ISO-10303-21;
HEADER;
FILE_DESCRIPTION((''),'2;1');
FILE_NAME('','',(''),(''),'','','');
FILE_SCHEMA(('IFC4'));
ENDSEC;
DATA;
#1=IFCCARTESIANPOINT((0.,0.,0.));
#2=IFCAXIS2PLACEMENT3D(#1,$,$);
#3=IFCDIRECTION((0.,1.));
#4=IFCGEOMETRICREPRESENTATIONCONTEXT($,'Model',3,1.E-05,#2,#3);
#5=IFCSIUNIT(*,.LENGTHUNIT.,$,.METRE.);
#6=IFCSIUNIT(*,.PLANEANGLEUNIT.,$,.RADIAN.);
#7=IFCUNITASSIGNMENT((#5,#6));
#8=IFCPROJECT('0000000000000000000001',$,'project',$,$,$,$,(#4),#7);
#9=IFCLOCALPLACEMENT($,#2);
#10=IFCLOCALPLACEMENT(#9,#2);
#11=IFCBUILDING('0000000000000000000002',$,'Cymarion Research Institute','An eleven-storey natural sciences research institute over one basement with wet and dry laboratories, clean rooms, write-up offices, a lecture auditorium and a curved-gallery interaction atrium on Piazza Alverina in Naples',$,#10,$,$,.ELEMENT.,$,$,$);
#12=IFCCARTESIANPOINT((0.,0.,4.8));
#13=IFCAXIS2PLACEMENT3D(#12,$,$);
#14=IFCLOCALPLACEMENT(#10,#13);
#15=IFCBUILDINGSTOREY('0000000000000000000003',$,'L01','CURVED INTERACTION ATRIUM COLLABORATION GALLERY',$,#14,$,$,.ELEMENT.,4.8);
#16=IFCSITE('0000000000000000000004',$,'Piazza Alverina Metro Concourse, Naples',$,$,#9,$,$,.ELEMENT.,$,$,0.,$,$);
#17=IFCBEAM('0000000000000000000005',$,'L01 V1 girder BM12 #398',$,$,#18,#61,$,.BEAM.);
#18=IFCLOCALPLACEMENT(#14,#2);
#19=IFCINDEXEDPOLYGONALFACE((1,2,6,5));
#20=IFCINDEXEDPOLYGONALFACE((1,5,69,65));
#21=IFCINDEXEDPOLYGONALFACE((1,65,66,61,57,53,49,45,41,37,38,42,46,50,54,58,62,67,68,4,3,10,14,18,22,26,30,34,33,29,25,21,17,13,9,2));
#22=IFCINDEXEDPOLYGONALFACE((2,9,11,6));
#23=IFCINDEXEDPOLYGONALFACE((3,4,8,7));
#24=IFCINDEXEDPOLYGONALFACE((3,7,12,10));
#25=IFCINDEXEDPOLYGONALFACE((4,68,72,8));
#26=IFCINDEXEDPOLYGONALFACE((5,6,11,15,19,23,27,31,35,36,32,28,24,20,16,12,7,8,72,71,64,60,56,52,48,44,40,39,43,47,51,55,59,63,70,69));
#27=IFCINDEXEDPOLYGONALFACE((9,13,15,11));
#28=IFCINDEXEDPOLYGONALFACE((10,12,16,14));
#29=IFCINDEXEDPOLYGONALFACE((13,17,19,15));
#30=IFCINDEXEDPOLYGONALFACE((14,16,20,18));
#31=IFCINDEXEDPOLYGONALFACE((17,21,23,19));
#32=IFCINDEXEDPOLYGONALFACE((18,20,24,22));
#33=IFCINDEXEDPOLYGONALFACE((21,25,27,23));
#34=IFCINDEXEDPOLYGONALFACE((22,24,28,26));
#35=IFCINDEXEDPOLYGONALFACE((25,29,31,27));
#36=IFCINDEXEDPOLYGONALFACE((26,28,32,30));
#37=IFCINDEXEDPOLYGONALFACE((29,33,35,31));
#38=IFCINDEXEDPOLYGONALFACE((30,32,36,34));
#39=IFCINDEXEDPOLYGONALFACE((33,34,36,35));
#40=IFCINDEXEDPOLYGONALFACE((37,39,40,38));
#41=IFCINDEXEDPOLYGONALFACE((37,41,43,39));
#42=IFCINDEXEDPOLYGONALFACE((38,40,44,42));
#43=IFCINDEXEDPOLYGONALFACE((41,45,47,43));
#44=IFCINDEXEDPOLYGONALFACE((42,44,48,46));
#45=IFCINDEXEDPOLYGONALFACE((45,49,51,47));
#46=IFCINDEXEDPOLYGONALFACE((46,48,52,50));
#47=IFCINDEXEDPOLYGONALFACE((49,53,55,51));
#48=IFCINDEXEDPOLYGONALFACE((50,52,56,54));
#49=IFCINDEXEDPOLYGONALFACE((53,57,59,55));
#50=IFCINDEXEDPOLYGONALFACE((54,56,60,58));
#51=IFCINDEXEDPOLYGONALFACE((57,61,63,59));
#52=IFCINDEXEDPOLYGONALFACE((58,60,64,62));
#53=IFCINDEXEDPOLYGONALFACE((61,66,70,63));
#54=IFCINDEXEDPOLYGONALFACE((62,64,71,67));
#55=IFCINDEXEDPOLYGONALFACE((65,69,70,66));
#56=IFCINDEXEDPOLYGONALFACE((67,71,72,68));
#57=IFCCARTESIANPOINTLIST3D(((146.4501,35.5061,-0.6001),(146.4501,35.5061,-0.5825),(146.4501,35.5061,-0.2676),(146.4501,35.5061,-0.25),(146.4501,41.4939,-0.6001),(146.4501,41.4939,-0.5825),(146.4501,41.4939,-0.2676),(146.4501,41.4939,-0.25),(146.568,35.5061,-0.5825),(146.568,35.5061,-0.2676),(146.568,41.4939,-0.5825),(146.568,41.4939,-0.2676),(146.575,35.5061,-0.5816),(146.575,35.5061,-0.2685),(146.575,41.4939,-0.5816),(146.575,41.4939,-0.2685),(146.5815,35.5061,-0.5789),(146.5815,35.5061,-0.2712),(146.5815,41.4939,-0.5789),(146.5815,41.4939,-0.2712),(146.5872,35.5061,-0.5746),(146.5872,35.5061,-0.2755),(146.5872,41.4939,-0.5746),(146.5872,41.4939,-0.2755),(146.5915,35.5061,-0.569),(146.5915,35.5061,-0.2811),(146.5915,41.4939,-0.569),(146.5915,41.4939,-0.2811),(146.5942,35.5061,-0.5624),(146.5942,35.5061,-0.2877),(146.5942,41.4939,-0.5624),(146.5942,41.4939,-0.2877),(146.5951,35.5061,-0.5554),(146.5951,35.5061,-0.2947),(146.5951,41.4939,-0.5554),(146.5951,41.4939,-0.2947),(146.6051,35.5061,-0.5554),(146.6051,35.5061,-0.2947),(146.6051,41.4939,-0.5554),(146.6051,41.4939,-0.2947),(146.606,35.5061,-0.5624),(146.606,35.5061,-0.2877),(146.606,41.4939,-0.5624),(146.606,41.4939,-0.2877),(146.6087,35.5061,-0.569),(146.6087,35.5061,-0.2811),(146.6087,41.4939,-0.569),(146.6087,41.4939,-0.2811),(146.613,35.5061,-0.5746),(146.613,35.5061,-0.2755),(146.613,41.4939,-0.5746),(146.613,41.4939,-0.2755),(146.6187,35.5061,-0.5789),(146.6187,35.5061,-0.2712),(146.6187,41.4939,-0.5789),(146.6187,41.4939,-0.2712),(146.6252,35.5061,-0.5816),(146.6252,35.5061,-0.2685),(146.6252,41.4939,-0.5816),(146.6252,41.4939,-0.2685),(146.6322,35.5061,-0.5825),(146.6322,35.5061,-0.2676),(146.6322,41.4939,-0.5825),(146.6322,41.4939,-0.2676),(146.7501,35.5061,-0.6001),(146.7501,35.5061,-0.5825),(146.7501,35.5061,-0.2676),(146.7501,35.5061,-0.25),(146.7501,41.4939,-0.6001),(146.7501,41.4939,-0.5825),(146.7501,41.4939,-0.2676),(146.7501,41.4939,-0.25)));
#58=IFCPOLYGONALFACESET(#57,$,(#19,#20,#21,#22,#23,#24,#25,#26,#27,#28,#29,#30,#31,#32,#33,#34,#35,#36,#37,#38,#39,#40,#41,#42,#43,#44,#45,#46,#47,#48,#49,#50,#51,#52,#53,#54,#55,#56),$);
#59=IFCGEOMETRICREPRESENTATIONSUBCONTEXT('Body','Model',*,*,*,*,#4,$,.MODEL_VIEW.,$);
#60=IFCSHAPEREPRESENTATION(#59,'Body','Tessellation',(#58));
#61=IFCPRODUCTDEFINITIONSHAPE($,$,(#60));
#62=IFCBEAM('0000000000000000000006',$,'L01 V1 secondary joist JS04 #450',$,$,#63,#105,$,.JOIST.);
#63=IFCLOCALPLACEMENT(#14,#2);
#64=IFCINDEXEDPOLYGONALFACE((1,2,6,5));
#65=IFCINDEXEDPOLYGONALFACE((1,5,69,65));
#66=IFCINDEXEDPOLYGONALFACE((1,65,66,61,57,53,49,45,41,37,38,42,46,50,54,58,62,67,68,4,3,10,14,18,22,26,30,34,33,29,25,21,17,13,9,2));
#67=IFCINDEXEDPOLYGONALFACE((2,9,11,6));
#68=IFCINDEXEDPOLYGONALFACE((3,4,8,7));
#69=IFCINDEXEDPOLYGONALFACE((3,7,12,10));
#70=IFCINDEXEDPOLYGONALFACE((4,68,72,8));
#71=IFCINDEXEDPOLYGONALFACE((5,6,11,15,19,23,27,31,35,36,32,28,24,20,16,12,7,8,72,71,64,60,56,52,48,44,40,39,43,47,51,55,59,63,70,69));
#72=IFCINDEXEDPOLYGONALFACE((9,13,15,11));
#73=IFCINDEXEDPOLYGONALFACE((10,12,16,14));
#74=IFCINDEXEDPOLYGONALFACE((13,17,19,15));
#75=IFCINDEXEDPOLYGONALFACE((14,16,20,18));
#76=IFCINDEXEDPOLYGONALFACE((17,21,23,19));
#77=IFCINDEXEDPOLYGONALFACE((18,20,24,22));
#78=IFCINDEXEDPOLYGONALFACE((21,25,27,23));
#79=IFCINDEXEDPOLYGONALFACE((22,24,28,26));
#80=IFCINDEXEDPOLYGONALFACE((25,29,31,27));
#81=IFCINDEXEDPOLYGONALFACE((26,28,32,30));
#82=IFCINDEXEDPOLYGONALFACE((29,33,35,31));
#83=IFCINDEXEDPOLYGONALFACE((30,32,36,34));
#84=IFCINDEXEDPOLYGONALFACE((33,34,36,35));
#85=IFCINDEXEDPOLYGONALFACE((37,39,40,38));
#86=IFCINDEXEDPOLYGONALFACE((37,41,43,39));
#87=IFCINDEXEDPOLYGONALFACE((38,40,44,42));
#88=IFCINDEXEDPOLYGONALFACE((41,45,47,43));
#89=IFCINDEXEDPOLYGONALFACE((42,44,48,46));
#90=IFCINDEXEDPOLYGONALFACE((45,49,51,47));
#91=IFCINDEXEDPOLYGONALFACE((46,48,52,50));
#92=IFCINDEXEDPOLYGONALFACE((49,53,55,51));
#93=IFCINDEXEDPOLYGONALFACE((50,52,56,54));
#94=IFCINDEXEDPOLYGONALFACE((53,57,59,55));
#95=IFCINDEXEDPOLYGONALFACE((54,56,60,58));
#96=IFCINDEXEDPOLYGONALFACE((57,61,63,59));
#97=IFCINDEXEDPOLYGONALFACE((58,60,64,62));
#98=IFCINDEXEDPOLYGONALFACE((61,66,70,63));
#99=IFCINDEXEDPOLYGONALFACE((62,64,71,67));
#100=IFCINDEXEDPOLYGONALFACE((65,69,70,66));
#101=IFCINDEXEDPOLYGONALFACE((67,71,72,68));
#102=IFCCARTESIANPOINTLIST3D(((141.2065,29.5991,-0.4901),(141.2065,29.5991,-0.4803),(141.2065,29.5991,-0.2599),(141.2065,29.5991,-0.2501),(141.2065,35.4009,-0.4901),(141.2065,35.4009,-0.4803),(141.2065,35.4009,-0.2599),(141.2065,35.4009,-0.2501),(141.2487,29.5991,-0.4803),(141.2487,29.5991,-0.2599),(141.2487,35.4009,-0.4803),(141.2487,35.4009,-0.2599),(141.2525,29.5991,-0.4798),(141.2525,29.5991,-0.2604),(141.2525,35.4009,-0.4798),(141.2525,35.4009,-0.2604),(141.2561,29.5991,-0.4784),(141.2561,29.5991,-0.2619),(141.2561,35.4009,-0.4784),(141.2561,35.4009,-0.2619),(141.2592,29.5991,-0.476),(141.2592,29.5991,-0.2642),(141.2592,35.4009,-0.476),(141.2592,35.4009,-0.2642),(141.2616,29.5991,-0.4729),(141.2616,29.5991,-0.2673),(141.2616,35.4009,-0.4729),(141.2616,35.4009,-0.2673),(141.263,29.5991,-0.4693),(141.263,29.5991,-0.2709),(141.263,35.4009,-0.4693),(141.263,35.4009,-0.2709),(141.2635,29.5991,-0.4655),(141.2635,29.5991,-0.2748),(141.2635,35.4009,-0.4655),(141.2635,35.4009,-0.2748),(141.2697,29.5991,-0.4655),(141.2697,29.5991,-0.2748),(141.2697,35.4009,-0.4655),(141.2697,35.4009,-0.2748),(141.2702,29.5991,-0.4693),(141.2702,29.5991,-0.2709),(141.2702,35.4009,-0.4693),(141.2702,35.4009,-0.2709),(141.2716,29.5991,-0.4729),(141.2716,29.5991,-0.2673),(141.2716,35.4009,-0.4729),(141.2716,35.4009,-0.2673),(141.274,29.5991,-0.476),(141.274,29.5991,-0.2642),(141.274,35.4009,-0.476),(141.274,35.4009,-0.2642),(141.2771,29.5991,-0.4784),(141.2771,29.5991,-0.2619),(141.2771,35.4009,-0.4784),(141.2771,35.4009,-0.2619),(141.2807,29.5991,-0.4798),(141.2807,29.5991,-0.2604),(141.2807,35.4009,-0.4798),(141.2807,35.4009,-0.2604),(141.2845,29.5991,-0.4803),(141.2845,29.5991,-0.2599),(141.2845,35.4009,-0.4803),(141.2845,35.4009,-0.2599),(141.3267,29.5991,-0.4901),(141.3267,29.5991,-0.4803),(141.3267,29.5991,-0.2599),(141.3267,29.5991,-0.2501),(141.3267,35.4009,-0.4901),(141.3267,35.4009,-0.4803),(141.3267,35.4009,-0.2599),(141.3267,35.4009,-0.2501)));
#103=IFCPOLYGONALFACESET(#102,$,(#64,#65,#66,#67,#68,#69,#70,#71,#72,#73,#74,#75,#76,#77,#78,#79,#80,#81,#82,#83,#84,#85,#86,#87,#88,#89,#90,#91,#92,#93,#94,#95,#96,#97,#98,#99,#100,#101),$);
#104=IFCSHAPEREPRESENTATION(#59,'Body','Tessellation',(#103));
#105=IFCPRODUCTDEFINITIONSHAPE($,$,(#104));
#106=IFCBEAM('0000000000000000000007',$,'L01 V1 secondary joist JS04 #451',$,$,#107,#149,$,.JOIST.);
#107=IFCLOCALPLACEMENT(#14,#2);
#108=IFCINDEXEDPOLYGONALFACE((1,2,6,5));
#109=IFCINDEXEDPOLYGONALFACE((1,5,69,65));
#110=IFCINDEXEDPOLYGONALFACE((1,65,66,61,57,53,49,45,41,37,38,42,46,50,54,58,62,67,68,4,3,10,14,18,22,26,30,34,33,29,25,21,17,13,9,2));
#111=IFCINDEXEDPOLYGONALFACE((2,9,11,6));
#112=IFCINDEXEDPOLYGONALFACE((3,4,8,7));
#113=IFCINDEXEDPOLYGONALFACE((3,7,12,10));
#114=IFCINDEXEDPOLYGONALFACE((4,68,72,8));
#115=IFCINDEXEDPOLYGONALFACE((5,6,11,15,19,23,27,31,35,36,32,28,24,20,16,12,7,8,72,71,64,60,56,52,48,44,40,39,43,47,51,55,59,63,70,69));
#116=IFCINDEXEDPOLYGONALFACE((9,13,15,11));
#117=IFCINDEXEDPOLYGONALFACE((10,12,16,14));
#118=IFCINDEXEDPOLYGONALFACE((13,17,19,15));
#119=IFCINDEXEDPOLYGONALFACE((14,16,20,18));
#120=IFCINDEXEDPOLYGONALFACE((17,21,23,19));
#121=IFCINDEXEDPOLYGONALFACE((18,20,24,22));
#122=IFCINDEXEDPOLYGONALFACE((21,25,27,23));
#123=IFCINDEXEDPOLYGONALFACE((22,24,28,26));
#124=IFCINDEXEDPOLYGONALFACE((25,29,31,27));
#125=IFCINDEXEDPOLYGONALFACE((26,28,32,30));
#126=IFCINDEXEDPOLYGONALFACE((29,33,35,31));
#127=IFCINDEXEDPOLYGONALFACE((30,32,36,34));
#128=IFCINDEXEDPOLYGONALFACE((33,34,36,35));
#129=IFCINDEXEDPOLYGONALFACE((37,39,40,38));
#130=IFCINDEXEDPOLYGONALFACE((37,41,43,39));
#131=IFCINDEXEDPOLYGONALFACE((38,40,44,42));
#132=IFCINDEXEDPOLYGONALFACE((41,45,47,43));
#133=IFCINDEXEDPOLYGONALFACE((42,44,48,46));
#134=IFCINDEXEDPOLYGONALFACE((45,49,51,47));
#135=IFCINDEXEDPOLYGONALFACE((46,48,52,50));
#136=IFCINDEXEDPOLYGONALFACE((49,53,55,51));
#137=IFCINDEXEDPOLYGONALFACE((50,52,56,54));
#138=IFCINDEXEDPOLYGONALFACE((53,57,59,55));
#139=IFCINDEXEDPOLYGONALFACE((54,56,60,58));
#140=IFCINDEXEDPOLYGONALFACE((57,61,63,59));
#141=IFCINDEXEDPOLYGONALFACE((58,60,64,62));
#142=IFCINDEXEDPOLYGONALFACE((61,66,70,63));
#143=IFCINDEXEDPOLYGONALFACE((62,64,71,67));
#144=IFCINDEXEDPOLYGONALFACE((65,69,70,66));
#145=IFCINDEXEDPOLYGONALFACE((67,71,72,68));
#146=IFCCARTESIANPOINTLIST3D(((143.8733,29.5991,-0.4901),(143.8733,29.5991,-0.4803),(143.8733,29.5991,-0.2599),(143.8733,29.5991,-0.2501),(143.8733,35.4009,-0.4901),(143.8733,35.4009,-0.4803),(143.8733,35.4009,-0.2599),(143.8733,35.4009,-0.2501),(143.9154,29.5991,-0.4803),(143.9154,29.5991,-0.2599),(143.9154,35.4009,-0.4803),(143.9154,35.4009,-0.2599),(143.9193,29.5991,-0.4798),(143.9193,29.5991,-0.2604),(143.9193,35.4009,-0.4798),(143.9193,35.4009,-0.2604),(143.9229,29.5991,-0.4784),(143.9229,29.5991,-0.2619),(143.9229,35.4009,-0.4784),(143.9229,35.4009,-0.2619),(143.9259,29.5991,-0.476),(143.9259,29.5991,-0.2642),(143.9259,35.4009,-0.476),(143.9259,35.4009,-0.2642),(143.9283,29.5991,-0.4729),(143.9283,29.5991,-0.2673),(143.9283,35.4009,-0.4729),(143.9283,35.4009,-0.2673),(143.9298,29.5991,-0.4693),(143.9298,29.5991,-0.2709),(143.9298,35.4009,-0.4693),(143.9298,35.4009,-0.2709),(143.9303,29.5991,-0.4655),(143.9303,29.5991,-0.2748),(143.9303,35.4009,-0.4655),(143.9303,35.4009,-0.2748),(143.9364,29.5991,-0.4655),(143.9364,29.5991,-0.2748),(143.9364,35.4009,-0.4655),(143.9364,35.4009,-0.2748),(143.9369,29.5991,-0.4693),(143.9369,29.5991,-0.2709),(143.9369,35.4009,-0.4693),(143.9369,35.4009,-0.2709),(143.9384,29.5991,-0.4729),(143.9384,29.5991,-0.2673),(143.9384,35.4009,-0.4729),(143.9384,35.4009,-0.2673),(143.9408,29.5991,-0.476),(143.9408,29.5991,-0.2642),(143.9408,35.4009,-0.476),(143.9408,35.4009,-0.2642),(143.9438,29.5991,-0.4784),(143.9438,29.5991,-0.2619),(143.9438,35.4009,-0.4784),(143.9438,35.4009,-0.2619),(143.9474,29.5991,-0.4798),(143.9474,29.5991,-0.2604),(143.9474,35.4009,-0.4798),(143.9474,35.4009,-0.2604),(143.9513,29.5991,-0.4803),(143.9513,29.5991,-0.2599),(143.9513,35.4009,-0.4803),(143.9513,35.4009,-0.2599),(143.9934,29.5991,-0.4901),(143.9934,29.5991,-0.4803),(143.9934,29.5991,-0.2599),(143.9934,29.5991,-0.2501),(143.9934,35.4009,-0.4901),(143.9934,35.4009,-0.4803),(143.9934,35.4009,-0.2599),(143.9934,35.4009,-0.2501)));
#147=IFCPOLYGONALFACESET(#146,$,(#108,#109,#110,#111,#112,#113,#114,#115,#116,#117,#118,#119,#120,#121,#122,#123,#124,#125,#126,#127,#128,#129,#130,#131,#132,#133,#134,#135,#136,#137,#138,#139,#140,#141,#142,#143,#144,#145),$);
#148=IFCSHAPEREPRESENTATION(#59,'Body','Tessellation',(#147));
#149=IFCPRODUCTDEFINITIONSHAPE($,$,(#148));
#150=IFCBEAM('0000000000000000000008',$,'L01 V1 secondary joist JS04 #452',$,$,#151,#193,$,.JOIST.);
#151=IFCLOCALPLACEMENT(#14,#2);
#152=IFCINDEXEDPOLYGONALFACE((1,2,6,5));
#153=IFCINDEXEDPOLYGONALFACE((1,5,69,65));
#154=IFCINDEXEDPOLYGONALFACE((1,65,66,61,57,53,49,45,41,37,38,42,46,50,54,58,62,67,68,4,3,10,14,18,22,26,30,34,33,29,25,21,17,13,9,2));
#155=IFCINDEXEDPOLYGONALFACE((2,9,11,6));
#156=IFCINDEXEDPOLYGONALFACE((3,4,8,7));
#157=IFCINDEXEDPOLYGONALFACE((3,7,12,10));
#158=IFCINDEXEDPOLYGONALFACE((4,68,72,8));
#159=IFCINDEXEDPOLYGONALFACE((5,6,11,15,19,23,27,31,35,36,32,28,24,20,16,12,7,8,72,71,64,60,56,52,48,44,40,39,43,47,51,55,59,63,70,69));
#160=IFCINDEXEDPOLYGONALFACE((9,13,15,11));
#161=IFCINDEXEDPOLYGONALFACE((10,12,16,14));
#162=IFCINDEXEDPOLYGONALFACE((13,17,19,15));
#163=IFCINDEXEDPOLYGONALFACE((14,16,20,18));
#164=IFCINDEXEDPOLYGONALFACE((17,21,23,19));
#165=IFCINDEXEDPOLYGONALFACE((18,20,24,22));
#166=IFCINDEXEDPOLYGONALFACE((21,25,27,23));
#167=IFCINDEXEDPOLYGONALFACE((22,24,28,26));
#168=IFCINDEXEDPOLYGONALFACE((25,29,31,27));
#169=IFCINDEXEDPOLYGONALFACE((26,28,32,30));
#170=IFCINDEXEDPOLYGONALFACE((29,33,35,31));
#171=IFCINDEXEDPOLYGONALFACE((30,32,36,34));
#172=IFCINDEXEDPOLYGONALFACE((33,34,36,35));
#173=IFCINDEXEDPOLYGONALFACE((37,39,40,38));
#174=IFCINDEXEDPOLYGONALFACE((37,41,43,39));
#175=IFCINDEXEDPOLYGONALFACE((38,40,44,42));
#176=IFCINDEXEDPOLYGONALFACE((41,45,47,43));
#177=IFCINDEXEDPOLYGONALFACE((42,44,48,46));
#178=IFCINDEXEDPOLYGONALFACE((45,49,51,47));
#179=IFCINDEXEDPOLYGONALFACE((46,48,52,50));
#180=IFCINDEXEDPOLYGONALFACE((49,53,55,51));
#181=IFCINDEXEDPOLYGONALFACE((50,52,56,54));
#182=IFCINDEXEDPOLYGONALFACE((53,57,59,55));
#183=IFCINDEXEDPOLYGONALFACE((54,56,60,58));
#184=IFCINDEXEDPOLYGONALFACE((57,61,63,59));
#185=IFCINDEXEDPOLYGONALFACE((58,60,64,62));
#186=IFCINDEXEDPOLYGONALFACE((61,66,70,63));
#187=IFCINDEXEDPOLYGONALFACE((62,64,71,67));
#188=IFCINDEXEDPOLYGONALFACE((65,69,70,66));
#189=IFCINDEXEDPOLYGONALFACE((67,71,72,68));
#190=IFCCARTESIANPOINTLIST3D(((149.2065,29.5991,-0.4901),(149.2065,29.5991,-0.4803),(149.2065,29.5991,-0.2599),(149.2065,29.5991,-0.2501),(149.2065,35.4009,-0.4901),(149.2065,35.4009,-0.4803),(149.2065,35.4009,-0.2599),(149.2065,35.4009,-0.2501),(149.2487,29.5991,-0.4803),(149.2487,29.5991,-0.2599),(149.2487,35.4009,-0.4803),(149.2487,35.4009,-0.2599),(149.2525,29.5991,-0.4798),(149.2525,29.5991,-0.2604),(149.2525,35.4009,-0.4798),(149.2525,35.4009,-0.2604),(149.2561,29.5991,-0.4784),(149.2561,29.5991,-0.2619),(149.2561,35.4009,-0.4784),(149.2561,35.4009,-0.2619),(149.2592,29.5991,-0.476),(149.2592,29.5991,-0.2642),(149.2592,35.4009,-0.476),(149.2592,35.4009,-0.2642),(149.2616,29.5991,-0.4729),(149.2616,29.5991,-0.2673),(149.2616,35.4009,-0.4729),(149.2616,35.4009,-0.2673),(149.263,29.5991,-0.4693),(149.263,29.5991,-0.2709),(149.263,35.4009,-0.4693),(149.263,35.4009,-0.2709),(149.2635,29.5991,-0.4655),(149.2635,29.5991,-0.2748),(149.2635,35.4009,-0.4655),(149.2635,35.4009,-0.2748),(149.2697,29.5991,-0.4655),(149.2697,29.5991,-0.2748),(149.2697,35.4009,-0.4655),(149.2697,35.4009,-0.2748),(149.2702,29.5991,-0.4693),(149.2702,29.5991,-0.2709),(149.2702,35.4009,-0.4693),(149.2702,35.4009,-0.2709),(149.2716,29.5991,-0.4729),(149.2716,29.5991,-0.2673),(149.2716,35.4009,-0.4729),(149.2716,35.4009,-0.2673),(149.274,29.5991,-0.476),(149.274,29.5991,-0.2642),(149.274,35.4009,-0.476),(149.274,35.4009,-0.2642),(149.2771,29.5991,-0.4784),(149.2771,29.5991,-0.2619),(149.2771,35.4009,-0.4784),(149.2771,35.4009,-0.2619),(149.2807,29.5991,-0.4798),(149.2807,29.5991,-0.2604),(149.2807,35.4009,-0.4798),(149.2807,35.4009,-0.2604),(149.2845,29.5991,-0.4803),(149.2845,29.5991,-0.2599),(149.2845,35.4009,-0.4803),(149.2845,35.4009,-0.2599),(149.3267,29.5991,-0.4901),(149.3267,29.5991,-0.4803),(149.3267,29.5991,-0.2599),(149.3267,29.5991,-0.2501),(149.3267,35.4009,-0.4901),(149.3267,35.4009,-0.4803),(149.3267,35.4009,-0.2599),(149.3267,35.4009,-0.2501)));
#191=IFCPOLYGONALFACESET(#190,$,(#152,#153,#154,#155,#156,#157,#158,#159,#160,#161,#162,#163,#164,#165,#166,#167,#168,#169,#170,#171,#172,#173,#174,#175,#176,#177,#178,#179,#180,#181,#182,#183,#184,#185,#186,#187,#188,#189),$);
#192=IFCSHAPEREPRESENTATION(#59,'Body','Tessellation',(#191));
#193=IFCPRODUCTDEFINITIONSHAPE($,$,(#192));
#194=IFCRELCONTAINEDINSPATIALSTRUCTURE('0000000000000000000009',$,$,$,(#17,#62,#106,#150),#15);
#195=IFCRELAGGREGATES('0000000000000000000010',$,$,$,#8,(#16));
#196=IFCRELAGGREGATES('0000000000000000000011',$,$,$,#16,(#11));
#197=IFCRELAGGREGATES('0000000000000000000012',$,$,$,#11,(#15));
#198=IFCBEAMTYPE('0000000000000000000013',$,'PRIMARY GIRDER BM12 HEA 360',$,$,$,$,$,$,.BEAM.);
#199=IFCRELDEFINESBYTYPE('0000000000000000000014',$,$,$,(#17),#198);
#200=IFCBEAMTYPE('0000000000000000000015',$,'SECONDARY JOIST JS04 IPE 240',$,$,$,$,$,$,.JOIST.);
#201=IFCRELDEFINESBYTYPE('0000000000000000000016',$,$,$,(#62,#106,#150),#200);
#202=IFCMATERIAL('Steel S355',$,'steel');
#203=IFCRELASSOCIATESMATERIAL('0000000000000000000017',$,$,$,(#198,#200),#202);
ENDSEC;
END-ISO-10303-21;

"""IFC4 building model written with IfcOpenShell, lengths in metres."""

from ifc_helpers import new_model, si_unit, direction, frame, origin, origin_2d, place, context, subcontext, project, spatial, i_section, extrude, material, material_profile, profile_set, type_object, element, save


model = new_model("IFC4")

# Units and contexts
model_context = context("Model", 3, precision=1e-05, world=origin(), true_north=direction((0.0, 1.0)))
body_context = subcontext(model_context, "Body", "Model", "MODEL_VIEW")
ifc_project = project(units=[si_unit("LENGTHUNIT", "METRE"), si_unit("PLANEANGLEUNIT", "RADIAN")], contexts=[model_context])

# Site, building, storey
site_placement = place(None, origin())
site = spatial("IfcSite", under=ifc_project, at=site_placement, Name="Piazza Alverina Metro Concourse, Naples", CompositionType="ELEMENT", RefElevation=0.0)
building_placement = place(site_placement, origin())
building = spatial("IfcBuilding", under=site, at=building_placement, Name="Cymarion Research Institute", Description="An eleven-storey natural sciences research institute over one basement with wet and dry laboratories, clean rooms, write-up offices, a lecture auditorium and a curved-gallery interaction atrium on Piazza Alverina in Naples", CompositionType="ELEMENT")
storey_placement = place(building_placement, frame((0.0, 0.0, 4.8)))
storey = spatial("IfcBuildingStorey", under=building, at=storey_placement, Name="L01", Description="CURVED INTERACTION ATRIUM COLLABORATION GALLERY", CompositionType="ELEMENT", Elevation=4.8)

# Shared definitions
ifc_material_1 = material(Name="Steel S355", Category="steel")

# Beams
ifc_material_profile_1 = material_profile(ifc_material_1, i_section(OverallWidth=0.3, OverallDepth=0.3501, WebThickness=0.01, FlangeThickness=0.0176, FilletRadius=0.0271, at=origin_2d()), Name="HEA 360")
ifc_profile_set_1 = profile_set([ifc_material_profile_1], Name="Steel S355")
beam_type_1 = type_object("IfcBeamType", Name="PRIMARY GIRDER BM12 HEA 360", PredefinedType="BEAM", material=ifc_profile_set_1)
for number, where, z_axis, x_axis, name in (
    (1, (146.6001, 35.5061, -0.425), (0.0, 1.0, 0.0), (-1.0, 0.0, 0.0), "L01 V1 girder BM12 #398"),
):
    element("IfcBeam", number, at=place(storey_placement, frame(where, z_axis=z_axis, x_axis=x_axis)), inside=storey, type_object=beam_type_1, Name=name, PredefinedType="BEAM", context=body_context, shape_type="SweptSolid", body=[
        extrude(i_section(OverallWidth=0.3, OverallDepth=0.3501, WebThickness=0.01, FlangeThickness=0.0176, FilletRadius=0.0271, at=origin_2d()), origin(), (0.0, 0.0, 1.0), 5.9878),
    ])
ifc_material_profile_2 = material_profile(ifc_material_1, i_section(OverallWidth=0.1201, OverallDepth=0.24, WebThickness=0.0061, FlangeThickness=0.0098, FilletRadius=0.0149, at=origin_2d()), Name="IPE 240")
ifc_profile_set_2 = profile_set([ifc_material_profile_2], Name="Steel S355")
beam_type_2 = type_object("IfcBeamType", Name="SECONDARY JOIST JS04 IPE 240", PredefinedType="JOIST", material=ifc_profile_set_2)
for number, where, z_axis, x_axis, name in (
    (2, (141.2666, 29.5991, -0.3701), (0.0, 1.0, 0.0), (-1.0, 0.0, 0.0), "L01 V1 secondary joist JS04 #450"),
    (3, (143.9333, 29.5991, -0.3701), (0.0, 1.0, 0.0), (-1.0, 0.0, 0.0), "L01 V1 secondary joist JS04 #451"),
    (4, (149.2666, 29.5991, -0.3701), (0.0, 1.0, 0.0), (-1.0, 0.0, 0.0), "L01 V1 secondary joist JS04 #452"),
):
    element("IfcBeam", number, at=place(storey_placement, frame(where, z_axis=z_axis, x_axis=x_axis)), inside=storey, type_object=beam_type_2, Name=name, PredefinedType="JOIST", context=body_context, shape_type="SweptSolid", body=[
        extrude(i_section(OverallWidth=0.1201, OverallDepth=0.24, WebThickness=0.0061, FlangeThickness=0.0098, FilletRadius=0.0149, at=origin_2d()), origin(), (0.0, 0.0, 1.0), 5.8018),
    ])

save(model, "model.ifc")
